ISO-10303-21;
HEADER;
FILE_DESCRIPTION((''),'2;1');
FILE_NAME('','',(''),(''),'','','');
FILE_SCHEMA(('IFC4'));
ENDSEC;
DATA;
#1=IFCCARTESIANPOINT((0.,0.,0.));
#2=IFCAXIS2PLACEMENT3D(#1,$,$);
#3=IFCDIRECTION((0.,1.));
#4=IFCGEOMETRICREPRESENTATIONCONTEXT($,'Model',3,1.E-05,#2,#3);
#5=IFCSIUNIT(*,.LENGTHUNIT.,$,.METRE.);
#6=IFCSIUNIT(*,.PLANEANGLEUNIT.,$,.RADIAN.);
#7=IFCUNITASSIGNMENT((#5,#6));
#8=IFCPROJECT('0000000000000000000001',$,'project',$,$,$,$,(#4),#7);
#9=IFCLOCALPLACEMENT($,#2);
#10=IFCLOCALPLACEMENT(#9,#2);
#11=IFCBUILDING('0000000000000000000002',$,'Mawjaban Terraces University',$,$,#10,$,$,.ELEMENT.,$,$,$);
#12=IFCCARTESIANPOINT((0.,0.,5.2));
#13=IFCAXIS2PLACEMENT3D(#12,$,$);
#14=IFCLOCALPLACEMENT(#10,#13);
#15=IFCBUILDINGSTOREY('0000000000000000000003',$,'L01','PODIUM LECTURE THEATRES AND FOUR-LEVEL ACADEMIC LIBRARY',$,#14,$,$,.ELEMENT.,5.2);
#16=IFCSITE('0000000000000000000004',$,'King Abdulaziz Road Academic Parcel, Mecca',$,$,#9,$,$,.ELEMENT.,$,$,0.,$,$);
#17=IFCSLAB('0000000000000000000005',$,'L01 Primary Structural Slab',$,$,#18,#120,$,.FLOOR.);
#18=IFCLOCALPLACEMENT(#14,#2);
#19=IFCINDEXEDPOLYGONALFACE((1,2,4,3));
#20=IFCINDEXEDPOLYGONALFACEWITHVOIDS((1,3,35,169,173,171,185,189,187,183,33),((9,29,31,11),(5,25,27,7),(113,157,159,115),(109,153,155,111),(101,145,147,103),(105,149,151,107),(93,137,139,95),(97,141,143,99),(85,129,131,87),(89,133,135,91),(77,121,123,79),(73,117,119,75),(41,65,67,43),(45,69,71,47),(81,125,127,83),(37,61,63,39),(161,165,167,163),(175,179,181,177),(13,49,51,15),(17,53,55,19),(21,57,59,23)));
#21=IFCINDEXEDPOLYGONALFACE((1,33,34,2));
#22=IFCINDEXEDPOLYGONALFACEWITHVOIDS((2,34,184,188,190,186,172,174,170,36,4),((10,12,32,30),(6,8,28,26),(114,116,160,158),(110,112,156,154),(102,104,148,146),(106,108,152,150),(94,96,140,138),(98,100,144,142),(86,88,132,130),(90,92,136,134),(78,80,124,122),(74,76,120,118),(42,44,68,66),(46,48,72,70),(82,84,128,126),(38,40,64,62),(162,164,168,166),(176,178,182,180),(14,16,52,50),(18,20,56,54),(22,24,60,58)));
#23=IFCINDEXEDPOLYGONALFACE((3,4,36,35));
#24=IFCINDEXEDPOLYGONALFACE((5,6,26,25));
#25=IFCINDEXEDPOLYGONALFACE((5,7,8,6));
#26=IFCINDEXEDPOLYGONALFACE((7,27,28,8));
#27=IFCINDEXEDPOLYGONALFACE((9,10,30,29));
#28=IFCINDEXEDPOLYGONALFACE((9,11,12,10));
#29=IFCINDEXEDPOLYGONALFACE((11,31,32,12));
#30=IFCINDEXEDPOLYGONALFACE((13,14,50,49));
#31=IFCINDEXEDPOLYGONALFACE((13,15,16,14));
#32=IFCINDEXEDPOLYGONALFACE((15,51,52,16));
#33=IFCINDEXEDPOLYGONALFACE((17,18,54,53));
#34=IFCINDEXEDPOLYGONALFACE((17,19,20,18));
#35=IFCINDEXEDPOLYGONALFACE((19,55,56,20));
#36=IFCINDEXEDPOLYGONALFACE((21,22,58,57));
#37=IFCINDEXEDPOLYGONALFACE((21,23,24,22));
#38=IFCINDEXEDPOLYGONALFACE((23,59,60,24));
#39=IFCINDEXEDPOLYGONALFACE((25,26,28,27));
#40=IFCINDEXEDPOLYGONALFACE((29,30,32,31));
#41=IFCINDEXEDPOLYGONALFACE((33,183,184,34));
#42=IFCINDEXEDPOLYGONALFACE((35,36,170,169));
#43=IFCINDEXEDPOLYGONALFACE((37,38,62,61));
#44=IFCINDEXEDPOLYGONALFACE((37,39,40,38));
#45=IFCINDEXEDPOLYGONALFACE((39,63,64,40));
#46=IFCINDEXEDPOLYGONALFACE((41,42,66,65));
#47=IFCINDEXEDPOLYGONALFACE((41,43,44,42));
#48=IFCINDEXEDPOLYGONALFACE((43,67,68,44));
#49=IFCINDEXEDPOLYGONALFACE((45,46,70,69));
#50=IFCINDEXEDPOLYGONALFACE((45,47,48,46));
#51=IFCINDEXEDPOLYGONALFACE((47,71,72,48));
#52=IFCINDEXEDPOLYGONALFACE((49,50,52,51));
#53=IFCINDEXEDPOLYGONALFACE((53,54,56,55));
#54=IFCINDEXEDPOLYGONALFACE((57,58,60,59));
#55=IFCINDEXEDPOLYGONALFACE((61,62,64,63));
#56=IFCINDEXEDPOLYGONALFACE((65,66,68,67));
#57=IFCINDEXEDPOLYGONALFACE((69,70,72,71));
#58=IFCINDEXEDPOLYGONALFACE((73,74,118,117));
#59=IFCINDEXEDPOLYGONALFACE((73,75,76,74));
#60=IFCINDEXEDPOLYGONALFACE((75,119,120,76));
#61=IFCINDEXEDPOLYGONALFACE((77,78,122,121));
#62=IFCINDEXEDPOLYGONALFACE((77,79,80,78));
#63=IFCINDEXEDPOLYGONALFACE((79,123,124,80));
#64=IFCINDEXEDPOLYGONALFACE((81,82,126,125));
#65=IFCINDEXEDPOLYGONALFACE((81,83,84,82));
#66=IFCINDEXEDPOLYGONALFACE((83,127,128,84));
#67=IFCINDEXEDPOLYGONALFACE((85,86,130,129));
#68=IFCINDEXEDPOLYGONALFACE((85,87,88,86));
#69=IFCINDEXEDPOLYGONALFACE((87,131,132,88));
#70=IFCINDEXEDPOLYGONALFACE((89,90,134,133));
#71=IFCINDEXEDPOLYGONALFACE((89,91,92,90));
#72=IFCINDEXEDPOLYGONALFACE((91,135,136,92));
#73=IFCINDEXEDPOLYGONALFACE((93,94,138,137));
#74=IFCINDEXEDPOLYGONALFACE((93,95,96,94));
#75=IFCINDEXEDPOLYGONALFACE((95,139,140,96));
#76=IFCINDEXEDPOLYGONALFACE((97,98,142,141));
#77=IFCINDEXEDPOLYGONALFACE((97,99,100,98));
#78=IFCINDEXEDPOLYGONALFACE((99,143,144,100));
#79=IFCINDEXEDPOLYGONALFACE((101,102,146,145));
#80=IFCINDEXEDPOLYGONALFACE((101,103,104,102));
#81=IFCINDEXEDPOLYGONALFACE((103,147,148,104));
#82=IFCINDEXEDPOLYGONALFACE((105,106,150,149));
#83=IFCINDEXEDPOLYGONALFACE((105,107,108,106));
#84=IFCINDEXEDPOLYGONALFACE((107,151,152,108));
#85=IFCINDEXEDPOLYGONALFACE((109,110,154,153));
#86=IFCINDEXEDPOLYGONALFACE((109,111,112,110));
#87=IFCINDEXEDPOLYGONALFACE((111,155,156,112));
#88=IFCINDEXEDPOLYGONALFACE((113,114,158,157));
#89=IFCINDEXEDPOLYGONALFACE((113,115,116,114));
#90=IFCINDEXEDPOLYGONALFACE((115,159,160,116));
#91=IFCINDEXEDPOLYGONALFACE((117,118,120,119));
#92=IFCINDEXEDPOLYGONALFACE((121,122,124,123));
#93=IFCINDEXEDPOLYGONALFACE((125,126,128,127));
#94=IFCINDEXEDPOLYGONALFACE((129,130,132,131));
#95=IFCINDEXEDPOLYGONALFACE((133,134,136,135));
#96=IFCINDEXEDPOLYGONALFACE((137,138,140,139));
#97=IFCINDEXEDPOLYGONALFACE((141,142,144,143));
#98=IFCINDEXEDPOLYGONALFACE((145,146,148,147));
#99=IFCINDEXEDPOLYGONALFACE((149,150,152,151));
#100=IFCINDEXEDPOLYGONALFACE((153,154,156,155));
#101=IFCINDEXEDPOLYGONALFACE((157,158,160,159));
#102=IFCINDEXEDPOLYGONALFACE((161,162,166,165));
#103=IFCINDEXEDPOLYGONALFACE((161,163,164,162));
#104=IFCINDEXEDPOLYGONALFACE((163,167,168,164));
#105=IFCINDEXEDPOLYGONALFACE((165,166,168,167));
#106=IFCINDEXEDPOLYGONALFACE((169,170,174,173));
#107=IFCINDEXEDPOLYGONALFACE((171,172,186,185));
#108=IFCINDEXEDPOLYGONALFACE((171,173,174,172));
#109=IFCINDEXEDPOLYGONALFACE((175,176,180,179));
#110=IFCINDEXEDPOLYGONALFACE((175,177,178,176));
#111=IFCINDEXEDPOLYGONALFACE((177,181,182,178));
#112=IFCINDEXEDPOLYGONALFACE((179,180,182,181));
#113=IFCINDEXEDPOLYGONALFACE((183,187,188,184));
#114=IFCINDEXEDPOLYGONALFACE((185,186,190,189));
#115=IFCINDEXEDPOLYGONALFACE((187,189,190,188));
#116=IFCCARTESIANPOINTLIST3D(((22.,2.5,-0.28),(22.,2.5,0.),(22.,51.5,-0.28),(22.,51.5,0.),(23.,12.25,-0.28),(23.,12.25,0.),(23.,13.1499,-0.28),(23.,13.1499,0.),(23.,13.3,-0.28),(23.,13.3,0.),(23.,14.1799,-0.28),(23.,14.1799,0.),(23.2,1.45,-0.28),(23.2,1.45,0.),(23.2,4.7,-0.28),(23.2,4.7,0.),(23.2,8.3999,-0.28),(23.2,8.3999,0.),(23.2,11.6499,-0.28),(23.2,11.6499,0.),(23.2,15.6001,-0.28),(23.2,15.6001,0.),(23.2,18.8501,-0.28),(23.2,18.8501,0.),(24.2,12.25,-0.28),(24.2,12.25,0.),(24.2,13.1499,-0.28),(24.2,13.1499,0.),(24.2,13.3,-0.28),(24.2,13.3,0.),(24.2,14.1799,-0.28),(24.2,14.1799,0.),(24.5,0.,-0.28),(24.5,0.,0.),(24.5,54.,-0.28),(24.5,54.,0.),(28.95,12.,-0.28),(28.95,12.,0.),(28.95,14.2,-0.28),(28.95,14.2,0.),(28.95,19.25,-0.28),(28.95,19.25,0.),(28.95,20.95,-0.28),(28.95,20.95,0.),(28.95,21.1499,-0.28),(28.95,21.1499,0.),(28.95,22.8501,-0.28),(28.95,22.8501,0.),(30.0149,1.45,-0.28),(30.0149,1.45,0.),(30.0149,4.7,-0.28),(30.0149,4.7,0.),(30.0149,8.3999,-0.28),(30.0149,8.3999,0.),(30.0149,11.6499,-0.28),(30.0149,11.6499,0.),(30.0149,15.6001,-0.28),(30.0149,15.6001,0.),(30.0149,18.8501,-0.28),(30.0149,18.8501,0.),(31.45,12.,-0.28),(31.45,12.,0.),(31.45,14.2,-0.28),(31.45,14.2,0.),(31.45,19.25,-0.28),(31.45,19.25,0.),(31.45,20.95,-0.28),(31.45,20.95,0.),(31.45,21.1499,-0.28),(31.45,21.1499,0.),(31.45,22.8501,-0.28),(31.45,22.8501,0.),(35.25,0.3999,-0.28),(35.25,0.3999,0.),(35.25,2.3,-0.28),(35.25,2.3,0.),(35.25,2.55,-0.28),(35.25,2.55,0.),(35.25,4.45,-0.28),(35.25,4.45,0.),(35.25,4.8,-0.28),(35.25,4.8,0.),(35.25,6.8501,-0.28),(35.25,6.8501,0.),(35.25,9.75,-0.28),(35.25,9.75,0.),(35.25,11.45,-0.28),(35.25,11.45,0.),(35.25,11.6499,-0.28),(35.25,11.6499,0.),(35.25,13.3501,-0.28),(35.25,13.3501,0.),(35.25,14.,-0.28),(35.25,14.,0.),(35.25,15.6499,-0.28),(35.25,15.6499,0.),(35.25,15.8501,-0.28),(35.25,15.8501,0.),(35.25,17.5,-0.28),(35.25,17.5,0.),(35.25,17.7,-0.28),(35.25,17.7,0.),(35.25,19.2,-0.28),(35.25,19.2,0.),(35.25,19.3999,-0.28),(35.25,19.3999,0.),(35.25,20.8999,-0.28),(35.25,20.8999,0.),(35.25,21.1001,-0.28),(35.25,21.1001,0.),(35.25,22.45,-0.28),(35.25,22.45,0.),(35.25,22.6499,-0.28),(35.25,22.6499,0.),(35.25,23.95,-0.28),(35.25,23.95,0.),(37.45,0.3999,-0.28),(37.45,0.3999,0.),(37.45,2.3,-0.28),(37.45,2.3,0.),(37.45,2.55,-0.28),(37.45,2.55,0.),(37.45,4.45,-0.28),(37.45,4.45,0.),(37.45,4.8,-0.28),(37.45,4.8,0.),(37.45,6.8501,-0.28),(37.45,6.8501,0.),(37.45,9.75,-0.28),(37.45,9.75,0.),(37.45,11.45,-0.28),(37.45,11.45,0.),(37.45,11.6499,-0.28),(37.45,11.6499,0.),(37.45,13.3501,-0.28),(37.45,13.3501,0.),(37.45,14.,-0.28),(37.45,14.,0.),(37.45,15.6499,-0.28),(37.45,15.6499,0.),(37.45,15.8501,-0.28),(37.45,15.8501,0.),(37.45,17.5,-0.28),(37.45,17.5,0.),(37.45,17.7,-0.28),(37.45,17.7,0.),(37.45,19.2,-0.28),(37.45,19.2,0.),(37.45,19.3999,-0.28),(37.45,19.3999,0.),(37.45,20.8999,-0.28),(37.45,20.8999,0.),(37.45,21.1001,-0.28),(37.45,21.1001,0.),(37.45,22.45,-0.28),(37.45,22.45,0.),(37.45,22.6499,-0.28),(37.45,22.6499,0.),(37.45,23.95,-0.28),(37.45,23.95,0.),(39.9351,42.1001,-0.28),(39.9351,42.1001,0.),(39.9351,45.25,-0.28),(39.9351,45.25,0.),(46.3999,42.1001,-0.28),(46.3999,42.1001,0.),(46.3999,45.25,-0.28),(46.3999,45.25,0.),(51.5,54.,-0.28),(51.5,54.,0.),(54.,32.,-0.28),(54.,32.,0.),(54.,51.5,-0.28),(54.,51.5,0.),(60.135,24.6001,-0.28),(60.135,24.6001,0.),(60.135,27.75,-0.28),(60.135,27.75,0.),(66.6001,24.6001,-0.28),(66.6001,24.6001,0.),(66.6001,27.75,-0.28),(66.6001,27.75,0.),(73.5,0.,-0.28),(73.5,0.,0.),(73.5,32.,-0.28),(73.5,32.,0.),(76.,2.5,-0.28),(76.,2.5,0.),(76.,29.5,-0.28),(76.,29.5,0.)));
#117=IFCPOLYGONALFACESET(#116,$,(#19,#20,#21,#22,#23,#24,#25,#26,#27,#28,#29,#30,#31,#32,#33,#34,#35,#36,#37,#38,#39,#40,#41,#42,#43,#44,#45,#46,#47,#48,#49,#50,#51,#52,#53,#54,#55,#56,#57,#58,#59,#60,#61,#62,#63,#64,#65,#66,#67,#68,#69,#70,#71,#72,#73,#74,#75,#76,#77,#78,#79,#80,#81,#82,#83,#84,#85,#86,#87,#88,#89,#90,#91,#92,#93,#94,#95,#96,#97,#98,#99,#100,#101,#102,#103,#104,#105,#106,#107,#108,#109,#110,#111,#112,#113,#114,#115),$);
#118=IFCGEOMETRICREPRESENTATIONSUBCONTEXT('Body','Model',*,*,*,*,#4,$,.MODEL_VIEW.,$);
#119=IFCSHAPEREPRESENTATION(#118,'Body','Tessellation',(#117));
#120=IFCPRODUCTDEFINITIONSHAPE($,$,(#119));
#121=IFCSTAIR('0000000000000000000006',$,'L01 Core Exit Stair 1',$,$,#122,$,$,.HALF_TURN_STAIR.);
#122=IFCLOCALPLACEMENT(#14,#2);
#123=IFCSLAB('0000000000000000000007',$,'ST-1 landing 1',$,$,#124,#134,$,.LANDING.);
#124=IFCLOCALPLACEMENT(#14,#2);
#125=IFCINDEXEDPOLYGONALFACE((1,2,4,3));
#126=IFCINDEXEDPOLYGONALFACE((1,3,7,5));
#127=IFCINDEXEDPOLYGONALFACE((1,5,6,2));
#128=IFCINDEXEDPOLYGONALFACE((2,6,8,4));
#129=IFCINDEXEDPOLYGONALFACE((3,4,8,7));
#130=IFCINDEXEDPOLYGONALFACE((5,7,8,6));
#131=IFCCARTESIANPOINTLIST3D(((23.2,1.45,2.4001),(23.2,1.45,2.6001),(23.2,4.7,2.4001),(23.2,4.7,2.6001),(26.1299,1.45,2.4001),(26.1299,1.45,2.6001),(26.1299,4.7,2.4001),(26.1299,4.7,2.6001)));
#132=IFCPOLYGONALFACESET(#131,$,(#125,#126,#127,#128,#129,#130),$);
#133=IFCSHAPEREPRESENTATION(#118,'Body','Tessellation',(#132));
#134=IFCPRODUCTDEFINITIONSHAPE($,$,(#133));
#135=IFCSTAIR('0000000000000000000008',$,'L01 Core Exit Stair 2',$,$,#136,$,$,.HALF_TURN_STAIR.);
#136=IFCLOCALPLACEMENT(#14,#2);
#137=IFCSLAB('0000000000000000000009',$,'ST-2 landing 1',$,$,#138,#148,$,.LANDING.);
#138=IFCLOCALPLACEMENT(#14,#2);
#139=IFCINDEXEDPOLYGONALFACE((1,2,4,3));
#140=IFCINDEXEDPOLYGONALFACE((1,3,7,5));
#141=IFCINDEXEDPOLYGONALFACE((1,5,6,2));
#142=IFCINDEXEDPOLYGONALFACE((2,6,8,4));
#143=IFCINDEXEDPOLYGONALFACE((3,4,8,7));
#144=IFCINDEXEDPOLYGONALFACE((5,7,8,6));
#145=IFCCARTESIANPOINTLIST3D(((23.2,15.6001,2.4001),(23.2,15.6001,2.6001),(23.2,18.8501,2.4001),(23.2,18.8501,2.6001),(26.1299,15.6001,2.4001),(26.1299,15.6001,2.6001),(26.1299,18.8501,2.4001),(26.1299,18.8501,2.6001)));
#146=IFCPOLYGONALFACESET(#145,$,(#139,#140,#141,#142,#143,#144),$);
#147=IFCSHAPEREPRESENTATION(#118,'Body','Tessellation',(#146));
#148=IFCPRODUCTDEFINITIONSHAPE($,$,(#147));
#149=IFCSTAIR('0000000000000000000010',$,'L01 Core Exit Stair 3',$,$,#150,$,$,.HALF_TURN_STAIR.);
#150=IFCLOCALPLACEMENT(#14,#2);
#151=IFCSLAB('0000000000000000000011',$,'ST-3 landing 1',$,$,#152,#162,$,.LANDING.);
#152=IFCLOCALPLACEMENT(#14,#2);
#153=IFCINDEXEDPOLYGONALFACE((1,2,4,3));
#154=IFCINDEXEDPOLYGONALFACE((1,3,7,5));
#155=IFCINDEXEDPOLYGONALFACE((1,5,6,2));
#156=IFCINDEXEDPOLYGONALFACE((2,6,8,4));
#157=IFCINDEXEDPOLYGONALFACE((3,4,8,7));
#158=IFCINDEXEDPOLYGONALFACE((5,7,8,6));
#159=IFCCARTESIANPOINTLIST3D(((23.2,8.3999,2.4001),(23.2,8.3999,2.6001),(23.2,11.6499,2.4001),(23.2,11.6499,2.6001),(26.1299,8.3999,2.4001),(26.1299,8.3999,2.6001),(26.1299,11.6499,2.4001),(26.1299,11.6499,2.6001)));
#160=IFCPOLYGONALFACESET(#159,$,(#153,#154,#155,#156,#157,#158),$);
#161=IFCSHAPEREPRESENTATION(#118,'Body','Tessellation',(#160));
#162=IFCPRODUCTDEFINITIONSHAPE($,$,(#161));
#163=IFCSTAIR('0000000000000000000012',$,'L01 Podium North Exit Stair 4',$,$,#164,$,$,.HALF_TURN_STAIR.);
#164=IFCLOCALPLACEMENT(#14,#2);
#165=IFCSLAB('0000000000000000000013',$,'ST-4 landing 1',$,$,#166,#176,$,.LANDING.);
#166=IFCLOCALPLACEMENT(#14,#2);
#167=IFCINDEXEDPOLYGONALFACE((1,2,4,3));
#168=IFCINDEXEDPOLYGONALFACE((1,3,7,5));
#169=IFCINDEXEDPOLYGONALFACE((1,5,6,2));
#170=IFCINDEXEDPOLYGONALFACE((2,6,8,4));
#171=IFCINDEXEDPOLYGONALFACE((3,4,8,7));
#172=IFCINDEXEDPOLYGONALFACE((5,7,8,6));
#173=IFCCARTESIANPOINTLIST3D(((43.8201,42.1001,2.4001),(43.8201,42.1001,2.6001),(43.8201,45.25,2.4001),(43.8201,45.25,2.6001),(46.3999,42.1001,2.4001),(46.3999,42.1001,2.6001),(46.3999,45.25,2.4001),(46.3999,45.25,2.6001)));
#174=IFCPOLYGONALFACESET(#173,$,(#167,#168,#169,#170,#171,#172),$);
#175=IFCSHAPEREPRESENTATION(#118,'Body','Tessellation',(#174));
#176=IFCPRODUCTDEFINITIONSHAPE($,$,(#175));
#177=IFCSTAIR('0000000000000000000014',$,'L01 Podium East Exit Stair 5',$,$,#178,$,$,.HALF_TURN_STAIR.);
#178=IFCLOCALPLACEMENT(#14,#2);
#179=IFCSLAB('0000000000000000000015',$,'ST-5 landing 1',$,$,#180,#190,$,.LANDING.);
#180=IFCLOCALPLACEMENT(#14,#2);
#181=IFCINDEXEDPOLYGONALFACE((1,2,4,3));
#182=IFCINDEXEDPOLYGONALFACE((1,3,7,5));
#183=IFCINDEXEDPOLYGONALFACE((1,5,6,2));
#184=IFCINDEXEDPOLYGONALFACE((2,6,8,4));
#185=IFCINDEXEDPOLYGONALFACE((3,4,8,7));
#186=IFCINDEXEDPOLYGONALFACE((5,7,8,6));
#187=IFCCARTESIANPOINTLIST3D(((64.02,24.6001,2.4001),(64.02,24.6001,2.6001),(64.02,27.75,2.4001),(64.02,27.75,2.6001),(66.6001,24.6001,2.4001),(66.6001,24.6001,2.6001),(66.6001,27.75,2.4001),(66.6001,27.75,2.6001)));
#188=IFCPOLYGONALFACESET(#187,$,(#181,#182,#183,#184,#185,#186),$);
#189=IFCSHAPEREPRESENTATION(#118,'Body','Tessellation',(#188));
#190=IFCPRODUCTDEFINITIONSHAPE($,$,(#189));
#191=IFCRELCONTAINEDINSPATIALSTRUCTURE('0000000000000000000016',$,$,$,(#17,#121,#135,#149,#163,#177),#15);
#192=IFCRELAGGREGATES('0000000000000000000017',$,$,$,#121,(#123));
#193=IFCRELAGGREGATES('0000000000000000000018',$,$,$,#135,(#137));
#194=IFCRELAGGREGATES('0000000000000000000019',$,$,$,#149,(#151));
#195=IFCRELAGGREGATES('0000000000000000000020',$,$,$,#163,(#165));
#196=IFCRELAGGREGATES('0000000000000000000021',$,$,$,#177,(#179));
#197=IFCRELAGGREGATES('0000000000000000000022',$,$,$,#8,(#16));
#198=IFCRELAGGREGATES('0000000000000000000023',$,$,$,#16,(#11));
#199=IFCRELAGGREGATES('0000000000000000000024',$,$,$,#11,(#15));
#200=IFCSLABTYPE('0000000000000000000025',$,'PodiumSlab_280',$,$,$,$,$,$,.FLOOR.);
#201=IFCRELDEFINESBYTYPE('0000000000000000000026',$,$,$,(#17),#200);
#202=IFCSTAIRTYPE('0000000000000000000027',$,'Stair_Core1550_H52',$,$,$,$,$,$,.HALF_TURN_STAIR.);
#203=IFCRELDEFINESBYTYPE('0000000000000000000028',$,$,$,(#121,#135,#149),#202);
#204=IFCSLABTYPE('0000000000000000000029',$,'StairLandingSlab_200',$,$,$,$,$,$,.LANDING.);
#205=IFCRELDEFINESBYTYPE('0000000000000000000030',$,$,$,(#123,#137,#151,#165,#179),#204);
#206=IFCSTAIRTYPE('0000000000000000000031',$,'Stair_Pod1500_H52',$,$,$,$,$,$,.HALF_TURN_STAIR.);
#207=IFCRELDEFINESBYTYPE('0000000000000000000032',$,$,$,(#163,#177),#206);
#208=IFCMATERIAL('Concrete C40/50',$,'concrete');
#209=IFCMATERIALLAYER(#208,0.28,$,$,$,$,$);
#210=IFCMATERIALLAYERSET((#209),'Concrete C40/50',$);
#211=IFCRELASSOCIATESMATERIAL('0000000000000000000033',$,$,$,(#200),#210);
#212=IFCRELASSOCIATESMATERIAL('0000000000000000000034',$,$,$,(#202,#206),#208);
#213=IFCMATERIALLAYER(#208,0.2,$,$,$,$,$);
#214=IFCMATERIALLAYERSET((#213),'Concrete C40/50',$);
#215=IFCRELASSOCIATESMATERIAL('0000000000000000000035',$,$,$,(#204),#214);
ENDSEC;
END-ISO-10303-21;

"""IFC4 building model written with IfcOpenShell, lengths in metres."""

from ifc_helpers import new_model, si_unit, direction, frame, origin, place, context, subcontext, project, spatial, polyline, outline, extrude, material, layer, layer_set, type_object, element, aggregate, save


model = new_model("IFC4")

# Units and contexts
model_context = context("Model", 3, precision=1e-05, world=origin(), true_north=direction((0.0, 1.0)))
body_context = subcontext(model_context, "Body", "Model", "MODEL_VIEW")
ifc_project = project(units=[si_unit("LENGTHUNIT", "METRE"), si_unit("PLANEANGLEUNIT", "RADIAN")], contexts=[model_context])

# Site, building, storey
site_placement = place(None, origin())
site = spatial("IfcSite", under=ifc_project, at=site_placement, Name="King Abdulaziz Road Academic Parcel, Mecca", CompositionType="ELEMENT", RefElevation=0.0)
building_placement = place(site_placement, origin())
building = spatial("IfcBuilding", under=site, at=building_placement, Name="Mawjaban Terraces University", CompositionType="ELEMENT")
storey_placement = place(building_placement, frame((0.0, 0.0, 5.2)))
storey = spatial("IfcBuildingStorey", under=building, at=storey_placement, Name="L01", Description="PODIUM LECTURE THEATRES AND FOUR-LEVEL ACADEMIC LIBRARY", CompositionType="ELEMENT", Elevation=5.2)

# Slab
ifc_material_1 = material(Name="Concrete C40/50", Category="concrete")
ifc_layer_1 = layer(ifc_material_1, 0.28)
ifc_layer_set_1 = layer_set([ifc_layer_1], Name="Concrete C40/50")
slab_type_1 = type_object("IfcSlabType", Name="PodiumSlab_280", PredefinedType="FLOOR", material=ifc_layer_set_1)
slab_1_placement = place(storey_placement, frame((0.0, 0.0, -0.28)))
element("IfcSlab", 1, at=slab_1_placement, inside=storey, type_object=slab_type_1, Name="L01 Primary Structural Slab", PredefinedType="FLOOR", context=body_context, shape_type="SweptSolid", body=[
    extrude(outline(polyline([(24.5, 0.0), (73.5, 0.0), (76.0, 2.5), (76.0, 29.5), (73.5, 32.0), (54.0, 32.0), (54.0, 51.5), (51.5, 54.0), (24.5, 54.0), (22.0, 51.5), (22.0, 2.5), (24.5, 0.0)]), holes=[polyline([(30.0149, 4.7), (23.2, 4.7), (23.2, 1.45), (30.0149, 1.45), (30.0149, 4.7)]), polyline([(30.0149, 18.8501), (23.2, 18.8501), (23.2, 15.6001), (30.0149, 15.6001), (30.0149, 18.8501)]), polyline([(30.0149, 11.6499), (23.2, 11.6499), (23.2, 8.3999), (30.0149, 8.3999), (30.0149, 11.6499)]), polyline([(39.9351, 42.1001), (46.3999, 42.1001), (46.3999, 45.25), (39.9351, 45.25), (39.9351, 42.1001)]), polyline([(60.135, 24.6001), (66.6001, 24.6001), (66.6001, 27.75), (60.135, 27.75), (60.135, 24.6001)]), polyline([(35.25, 0.3999), (37.45, 0.3999), (37.45, 2.3), (35.25, 2.3), (35.25, 0.3999)]), polyline([(35.25, 2.55), (37.45, 2.55), (37.45, 4.45), (35.25, 4.45), (35.25, 2.55)]), polyline([(35.25, 4.8), (37.45, 4.8), (37.45, 6.8501), (35.25, 6.8501), (35.25, 4.8)]), polyline([(35.25, 9.75), (37.45, 9.75), (37.45, 11.45), (35.25, 11.45), (35.25, 9.75)]), polyline([(35.25, 11.6499), (37.45, 11.6499), (37.45, 13.3501), (35.25, 13.3501), (35.25, 11.6499)]), polyline([(28.95, 12.0), (31.45, 12.0), (31.45, 14.2), (28.95, 14.2), (28.95, 12.0)]), polyline([(35.25, 14.0), (37.45, 14.0), (37.45, 15.6499), (35.25, 15.6499), (35.25, 14.0)]), polyline([(35.25, 15.8501), (37.45, 15.8501), (37.45, 17.5), (35.25, 17.5), (35.25, 15.8501)]), polyline([(35.25, 17.7), (37.45, 17.7), (37.45, 19.2), (35.25, 19.2), (35.25, 17.7)]), polyline([(35.25, 19.3999), (37.45, 19.3999), (37.45, 20.8999), (35.25, 20.8999), (35.25, 19.3999)]), polyline([(28.95, 19.25), (31.45, 19.25), (31.45, 20.95), (28.95, 20.95), (28.95, 19.25)]), polyline([(35.25, 21.1001), (37.45, 21.1001), (37.45, 22.45), (35.25, 22.45), (35.25, 21.1001)]), polyline([(35.25, 22.6499), (37.45, 22.6499), (37.45, 23.95), (35.25, 23.95), (35.25, 22.6499)]), polyline([(28.95, 21.1499), (31.45, 21.1499), (31.45, 22.8501), (28.95, 22.8501), (28.95, 21.1499)]), polyline([(23.0, 12.25), (24.2, 12.25), (24.2, 13.1499), (23.0, 13.1499), (23.0, 12.25)]), polyline([(23.0, 13.3), (24.2, 13.3), (24.2, 14.1799), (23.0, 14.1799), (23.0, 13.3)])]), origin(), (0.0, 0.0, 1.0), 0.28),
])

# Stairs, slabs
stair_type_1 = type_object("IfcStairType", Name="Stair_Core1550_H52", PredefinedType="HALF_TURN_STAIR", material=ifc_material_1)
stair_1_placement = place(storey_placement, origin())
stair_1 = element("IfcStair", 2, at=stair_1_placement, inside=storey, type_object=stair_type_1, Name="L01 Core Exit Stair 1", PredefinedType="HALF_TURN_STAIR")
ifc_layer_2 = layer(ifc_material_1, 0.2)
ifc_layer_set_2 = layer_set([ifc_layer_2], Name="Concrete C40/50")
slab_type_2 = type_object("IfcSlabType", Name="StairLandingSlab_200", PredefinedType="LANDING", material=ifc_layer_set_2)
slab_2_placement = place(storey_placement, frame((0.0, 0.0, 2.4001)))
slab_2 = element("IfcSlab", 3, at=slab_2_placement, type_object=slab_type_2, Name="ST-1 landing 1", PredefinedType="LANDING", context=body_context, shape_type="SweptSolid", body=[
    extrude(outline(polyline([(26.1299, 4.7), (23.2, 4.7), (23.2, 1.45), (26.1299, 1.45), (26.1299, 4.7)])), origin(), (0.0, 0.0, 1.0), 0.2),
])
aggregate(stair_1, [slab_2])
stair_2_placement = place(storey_placement, origin())
stair_2 = element("IfcStair", 4, at=stair_2_placement, inside=storey, type_object=stair_type_1, Name="L01 Core Exit Stair 2", PredefinedType="HALF_TURN_STAIR")
slab_3_placement = place(storey_placement, frame((0.0, 0.0, 2.4001)))
slab_3 = element("IfcSlab", 5, at=slab_3_placement, type_object=slab_type_2, Name="ST-2 landing 1", PredefinedType="LANDING", context=body_context, shape_type="SweptSolid", body=[
    extrude(outline(polyline([(26.1299, 18.8501), (23.2, 18.8501), (23.2, 15.6001), (26.1299, 15.6001), (26.1299, 18.8501)])), origin(), (0.0, 0.0, 1.0), 0.2),
])
aggregate(stair_2, [slab_3])
stair_3_placement = place(storey_placement, origin())
stair_3 = element("IfcStair", 6, at=stair_3_placement, inside=storey, type_object=stair_type_1, Name="L01 Core Exit Stair 3", PredefinedType="HALF_TURN_STAIR")
slab_4_placement = place(storey_placement, frame((0.0, 0.0, 2.4001)))
slab_4 = element("IfcSlab", 7, at=slab_4_placement, type_object=slab_type_2, Name="ST-3 landing 1", PredefinedType="LANDING", context=body_context, shape_type="SweptSolid", body=[
    extrude(outline(polyline([(26.1299, 11.6499), (23.2, 11.6499), (23.2, 8.3999), (26.1299, 8.3999), (26.1299, 11.6499)])), origin(), (0.0, 0.0, 1.0), 0.2),
])
aggregate(stair_3, [slab_4])
stair_type_2 = type_object("IfcStairType", Name="Stair_Pod1500_H52", PredefinedType="HALF_TURN_STAIR", material=ifc_material_1)
stair_4_placement = place(storey_placement, origin())
stair_4 = element("IfcStair", 8, at=stair_4_placement, inside=storey, type_object=stair_type_2, Name="L01 Podium North Exit Stair 4", PredefinedType="HALF_TURN_STAIR")
slab_5_placement = place(storey_placement, frame((0.0, 0.0, 2.4001)))
slab_5 = element("IfcSlab", 9, at=slab_5_placement, type_object=slab_type_2, Name="ST-4 landing 1", PredefinedType="LANDING", context=body_context, shape_type="SweptSolid", body=[
    extrude(outline(polyline([(43.8201, 42.1001), (46.3999, 42.1001), (46.3999, 45.25), (43.8201, 45.25), (43.8201, 42.1001)])), origin(), (0.0, 0.0, 1.0), 0.2),
])
aggregate(stair_4, [slab_5])
stair_5_placement = place(storey_placement, origin())
stair_5 = element("IfcStair", 10, at=stair_5_placement, inside=storey, type_object=stair_type_2, Name="L01 Podium East Exit Stair 5", PredefinedType="HALF_TURN_STAIR")
slab_6_placement = place(storey_placement, frame((0.0, 0.0, 2.4001)))
slab_6 = element("IfcSlab", 11, at=slab_6_placement, type_object=slab_type_2, Name="ST-5 landing 1", PredefinedType="LANDING", context=body_context, shape_type="SweptSolid", body=[
    extrude(outline(polyline([(64.02, 24.6001), (66.6001, 24.6001), (66.6001, 27.75), (64.02, 27.75), (64.02, 24.6001)])), origin(), (0.0, 0.0, 1.0), 0.2),
])
aggregate(stair_5, [slab_6])

save(model, "model.ifc")
